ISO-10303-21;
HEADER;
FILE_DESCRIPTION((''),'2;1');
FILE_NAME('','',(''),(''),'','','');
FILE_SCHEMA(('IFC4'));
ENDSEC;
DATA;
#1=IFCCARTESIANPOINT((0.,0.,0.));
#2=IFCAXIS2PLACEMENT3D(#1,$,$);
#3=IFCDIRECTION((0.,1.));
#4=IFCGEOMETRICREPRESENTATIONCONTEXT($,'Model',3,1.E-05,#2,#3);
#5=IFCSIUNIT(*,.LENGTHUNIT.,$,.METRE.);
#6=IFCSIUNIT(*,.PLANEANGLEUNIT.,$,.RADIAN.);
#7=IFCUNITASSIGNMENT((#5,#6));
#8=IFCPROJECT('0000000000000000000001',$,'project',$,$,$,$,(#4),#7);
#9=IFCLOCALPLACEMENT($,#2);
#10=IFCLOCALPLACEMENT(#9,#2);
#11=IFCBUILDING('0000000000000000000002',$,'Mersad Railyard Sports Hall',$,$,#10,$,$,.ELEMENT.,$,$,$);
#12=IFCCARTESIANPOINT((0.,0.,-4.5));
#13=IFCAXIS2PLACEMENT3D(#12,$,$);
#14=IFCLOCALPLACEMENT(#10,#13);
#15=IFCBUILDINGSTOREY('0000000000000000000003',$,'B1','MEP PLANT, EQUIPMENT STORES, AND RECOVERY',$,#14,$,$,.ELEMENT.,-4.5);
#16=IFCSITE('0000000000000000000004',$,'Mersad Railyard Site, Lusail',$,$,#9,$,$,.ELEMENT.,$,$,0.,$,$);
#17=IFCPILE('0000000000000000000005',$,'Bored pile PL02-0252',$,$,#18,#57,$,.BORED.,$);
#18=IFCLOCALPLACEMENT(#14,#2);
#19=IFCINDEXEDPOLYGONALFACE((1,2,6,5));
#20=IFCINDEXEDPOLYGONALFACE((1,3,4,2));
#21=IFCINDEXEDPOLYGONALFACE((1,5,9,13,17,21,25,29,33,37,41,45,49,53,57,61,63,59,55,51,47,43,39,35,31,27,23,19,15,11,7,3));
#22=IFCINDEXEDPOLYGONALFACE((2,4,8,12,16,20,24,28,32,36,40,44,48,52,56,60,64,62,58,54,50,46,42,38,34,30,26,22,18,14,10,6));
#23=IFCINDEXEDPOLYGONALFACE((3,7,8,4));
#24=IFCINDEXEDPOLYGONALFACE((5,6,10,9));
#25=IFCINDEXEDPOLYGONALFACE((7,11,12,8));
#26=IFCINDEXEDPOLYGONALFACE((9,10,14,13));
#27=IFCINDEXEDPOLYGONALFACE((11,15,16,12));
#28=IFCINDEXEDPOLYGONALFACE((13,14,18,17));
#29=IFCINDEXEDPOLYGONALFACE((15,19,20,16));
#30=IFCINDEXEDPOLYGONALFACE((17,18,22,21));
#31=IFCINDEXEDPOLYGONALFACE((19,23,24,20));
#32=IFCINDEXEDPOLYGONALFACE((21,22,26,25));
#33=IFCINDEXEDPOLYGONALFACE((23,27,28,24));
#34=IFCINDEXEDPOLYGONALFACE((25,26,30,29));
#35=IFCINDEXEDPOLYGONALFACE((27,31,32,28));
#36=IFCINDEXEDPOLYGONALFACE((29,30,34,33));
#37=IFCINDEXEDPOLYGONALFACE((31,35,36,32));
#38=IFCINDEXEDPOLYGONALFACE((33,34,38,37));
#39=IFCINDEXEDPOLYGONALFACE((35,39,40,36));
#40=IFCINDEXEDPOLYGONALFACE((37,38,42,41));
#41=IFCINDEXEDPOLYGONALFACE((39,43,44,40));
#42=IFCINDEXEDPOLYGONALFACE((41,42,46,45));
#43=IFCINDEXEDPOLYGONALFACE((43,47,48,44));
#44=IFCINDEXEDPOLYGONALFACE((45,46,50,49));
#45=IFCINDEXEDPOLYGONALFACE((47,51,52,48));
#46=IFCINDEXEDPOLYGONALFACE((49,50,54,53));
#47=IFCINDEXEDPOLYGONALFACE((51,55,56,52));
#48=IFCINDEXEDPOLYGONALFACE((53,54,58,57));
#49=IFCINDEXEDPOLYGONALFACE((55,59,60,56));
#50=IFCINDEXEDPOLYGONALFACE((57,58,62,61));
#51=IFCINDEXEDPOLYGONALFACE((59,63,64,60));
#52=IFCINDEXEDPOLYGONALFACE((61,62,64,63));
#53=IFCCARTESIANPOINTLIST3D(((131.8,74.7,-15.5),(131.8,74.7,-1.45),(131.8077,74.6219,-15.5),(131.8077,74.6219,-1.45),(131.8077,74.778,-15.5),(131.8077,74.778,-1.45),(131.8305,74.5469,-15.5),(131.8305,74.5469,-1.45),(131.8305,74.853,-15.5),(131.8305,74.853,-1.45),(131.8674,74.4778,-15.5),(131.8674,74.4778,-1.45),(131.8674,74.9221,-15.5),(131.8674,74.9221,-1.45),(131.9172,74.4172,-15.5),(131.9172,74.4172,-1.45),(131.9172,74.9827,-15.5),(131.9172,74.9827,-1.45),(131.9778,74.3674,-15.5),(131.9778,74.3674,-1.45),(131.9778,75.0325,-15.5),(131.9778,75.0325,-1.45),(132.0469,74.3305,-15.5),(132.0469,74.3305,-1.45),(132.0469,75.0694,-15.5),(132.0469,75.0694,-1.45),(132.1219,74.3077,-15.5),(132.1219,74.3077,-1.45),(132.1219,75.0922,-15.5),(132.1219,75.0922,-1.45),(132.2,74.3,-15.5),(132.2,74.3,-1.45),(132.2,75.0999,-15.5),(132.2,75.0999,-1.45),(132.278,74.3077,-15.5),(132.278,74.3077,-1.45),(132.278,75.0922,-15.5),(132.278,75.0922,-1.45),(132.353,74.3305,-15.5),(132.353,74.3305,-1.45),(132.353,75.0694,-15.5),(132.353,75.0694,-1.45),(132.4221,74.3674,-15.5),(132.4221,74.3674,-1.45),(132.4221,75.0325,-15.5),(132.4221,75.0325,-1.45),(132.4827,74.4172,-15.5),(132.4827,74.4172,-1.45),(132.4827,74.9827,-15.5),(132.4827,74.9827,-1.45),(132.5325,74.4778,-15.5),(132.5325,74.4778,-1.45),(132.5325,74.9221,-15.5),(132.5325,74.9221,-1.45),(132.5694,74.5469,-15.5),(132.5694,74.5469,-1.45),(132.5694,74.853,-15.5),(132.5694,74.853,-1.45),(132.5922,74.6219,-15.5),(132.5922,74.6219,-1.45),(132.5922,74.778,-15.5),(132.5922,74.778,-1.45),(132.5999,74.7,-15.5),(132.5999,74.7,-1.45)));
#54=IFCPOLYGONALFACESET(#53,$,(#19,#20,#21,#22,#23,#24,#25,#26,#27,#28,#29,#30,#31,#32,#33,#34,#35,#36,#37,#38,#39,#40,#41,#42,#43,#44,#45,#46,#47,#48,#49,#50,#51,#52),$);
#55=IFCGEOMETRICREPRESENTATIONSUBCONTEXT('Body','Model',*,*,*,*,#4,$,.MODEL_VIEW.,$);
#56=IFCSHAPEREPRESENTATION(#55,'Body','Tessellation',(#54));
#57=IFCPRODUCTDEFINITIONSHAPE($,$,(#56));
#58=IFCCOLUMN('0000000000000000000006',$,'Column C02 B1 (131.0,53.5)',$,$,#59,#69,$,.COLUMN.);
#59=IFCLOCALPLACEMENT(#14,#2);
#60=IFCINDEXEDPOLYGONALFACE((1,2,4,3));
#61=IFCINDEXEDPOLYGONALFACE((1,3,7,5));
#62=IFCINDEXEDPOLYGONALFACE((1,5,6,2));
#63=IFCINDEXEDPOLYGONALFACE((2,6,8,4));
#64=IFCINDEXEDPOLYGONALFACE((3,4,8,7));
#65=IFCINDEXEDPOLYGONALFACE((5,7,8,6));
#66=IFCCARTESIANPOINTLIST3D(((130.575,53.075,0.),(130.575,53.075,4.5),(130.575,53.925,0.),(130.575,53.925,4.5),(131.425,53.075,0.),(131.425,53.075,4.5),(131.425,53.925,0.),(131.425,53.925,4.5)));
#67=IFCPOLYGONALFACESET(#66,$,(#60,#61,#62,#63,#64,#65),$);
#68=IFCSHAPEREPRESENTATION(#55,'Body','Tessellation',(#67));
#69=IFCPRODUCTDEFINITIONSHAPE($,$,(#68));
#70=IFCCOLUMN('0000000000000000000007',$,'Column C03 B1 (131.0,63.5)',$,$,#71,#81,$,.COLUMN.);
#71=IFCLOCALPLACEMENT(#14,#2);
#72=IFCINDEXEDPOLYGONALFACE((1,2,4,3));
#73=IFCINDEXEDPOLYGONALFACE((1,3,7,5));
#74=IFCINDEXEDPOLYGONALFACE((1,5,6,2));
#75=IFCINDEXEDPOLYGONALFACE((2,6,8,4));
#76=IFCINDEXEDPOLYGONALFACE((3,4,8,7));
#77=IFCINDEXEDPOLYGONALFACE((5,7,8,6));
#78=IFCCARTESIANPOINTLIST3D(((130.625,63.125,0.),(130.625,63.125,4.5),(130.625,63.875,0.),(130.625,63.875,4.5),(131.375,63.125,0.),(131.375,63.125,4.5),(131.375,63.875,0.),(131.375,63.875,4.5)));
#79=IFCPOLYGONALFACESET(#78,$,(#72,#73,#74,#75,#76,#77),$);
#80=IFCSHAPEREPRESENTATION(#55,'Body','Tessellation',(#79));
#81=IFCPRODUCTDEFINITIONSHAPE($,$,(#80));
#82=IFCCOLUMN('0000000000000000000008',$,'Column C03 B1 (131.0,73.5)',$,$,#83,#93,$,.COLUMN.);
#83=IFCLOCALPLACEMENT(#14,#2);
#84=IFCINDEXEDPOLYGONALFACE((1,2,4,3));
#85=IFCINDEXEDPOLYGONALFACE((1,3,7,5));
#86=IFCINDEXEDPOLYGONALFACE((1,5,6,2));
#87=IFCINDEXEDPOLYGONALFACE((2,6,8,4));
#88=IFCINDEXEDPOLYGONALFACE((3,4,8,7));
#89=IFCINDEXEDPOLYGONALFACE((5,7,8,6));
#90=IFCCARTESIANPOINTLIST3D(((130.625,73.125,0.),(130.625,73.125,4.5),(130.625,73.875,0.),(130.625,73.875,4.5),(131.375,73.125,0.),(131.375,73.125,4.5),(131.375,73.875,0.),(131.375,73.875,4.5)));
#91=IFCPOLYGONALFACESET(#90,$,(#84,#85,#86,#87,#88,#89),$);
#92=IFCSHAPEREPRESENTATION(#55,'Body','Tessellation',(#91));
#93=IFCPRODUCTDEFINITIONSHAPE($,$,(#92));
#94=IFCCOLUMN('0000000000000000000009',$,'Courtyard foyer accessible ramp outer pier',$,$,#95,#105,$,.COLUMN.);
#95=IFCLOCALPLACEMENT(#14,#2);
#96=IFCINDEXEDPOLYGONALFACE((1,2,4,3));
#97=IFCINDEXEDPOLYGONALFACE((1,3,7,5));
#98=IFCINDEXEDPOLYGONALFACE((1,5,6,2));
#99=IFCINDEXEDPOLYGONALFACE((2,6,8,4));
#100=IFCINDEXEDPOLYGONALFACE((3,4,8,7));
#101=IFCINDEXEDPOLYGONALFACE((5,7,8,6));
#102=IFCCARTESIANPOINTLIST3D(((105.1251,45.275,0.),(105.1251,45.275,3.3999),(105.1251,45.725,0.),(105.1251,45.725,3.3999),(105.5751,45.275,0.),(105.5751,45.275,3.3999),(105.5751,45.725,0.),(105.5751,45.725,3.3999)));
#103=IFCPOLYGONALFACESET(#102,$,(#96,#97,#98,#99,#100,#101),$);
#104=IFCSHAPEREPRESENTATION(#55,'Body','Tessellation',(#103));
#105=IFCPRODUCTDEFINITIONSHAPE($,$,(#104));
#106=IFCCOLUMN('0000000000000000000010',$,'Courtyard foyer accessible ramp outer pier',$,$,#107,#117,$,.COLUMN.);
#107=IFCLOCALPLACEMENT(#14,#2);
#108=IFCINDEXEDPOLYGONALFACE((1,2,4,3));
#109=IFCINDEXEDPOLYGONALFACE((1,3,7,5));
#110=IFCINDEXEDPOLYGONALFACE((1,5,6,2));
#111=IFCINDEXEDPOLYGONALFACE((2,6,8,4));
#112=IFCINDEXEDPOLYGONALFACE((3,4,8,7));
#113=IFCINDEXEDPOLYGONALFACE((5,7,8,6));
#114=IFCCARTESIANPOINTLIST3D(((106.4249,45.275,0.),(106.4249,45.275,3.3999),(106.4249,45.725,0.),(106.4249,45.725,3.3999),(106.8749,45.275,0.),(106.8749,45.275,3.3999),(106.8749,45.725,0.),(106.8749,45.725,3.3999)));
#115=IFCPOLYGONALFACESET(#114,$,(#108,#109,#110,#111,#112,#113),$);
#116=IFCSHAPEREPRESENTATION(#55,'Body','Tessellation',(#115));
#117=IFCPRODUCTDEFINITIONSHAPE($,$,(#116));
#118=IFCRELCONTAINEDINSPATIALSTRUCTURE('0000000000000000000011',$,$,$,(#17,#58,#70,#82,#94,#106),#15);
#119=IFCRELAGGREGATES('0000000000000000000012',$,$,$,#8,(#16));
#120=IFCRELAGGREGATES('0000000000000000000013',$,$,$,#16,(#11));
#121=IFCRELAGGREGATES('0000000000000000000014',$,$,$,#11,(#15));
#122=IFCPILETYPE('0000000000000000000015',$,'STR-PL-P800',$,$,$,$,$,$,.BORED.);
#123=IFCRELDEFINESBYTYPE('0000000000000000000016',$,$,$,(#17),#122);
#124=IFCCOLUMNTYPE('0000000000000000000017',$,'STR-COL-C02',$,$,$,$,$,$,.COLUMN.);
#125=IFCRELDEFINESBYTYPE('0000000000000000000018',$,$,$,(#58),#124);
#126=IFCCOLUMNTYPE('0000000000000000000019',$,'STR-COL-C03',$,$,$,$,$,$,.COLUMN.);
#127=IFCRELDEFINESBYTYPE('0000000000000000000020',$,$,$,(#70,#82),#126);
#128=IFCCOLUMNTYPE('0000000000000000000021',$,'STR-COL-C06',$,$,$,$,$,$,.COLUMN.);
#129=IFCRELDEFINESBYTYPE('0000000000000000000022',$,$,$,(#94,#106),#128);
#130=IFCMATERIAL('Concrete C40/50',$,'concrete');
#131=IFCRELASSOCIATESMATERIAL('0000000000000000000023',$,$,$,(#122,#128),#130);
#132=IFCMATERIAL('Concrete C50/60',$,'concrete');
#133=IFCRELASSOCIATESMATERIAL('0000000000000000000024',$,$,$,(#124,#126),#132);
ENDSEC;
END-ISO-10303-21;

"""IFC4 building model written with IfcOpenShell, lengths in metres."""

from ifc_helpers import new_model, si_unit, direction, frame, origin, origin_2d, place, context, subcontext, project, spatial, rectangle, circle, extrude, material, material_profile, profile_set, type_object, element, save


model = new_model("IFC4")

# Units and contexts
model_context = context("Model", 3, precision=1e-05, world=origin(), true_north=direction((0.0, 1.0)))
body_context = subcontext(model_context, "Body", "Model", "MODEL_VIEW")
ifc_project = project(units=[si_unit("LENGTHUNIT", "METRE"), si_unit("PLANEANGLEUNIT", "RADIAN")], contexts=[model_context])

# Site, building, storey
site_placement = place(None, origin())
site = spatial("IfcSite", under=ifc_project, at=site_placement, Name="Mersad Railyard Site, Lusail", CompositionType="ELEMENT", RefElevation=0.0)
building_placement = place(site_placement, origin())
building = spatial("IfcBuilding", under=site, at=building_placement, Name="Mersad Railyard Sports Hall", CompositionType="ELEMENT")
storey_placement = place(building_placement, frame((0.0, 0.0, -4.5)))
storey = spatial("IfcBuildingStorey", under=building, at=storey_placement, Name="B1", Description="MEP PLANT, EQUIPMENT STORES, AND RECOVERY", CompositionType="ELEMENT", Elevation=-4.5)

# Shared definitions
ifc_material_1 = material(Name="Concrete C40/50", Category="concrete")

# Pile
ifc_material_profile_1 = material_profile(ifc_material_1, circle(Radius=0.3999, at=origin_2d()), Name="BORED PILE D800")
ifc_profile_set_1 = profile_set([ifc_material_profile_1], Name="Concrete C40/50")
pile_type_1 = type_object("IfcPileType", Name="STR-PL-P800", PredefinedType="BORED", material=ifc_profile_set_1)
for number, where, z_axis, x_axis, name in (
    (1, (132.2, 74.7, -1.45), (0.0, 0.0, -1.0), (1.0, 0.0, 0.0), "Bored pile PL02-0252"),
):
    element("IfcPile", number, at=place(storey_placement, frame(where, z_axis=z_axis, x_axis=x_axis)), inside=storey, type_object=pile_type_1, Name=name, PredefinedType="BORED", context=body_context, shape_type="SweptSolid", body=[
        extrude(circle(Radius=0.3999, at=origin_2d()), origin(), (0.0, 0.0, 1.0), 14.05),
    ])

# Columns
ifc_material_2 = material(Name="Concrete C50/60", Category="concrete")
ifc_material_profile_2 = material_profile(ifc_material_2, rectangle(XDim=0.8501, YDim=0.8501, at=origin_2d()), Name="RC 850x850")
ifc_profile_set_2 = profile_set([ifc_material_profile_2], Name="Concrete C50/60")
column_type_1 = type_object("IfcColumnType", Name="STR-COL-C02", PredefinedType="COLUMN", material=ifc_profile_set_2)
column_placement = place(storey_placement, frame((131.0, 53.5, 0.0), z_axis=(0.0, 0.0, 1.0), x_axis=(1.0, 0.0, 0.0)))
element("IfcColumn", 2, at=column_placement, inside=storey, type_object=column_type_1, Name="Column C02 B1 (131.0,53.5)", PredefinedType="COLUMN", context=body_context, shape_type="SweptSolid", body=[
    extrude(rectangle(XDim=0.8501, YDim=0.8501, at=origin_2d()), origin(), (0.0, 0.0, 1.0), 4.5),
])
ifc_material_profile_3 = material_profile(ifc_material_2, rectangle(XDim=0.75, YDim=0.75, at=origin_2d()), Name="RC 750x750")
ifc_profile_set_3 = profile_set([ifc_material_profile_3], Name="Concrete C50/60")
column_type_2 = type_object("IfcColumnType", Name="STR-COL-C03", PredefinedType="COLUMN", material=ifc_profile_set_3)
for number, where, z_axis, x_axis, name in (
    (3, (131.0, 63.5, 0.0), (0.0, 0.0, 1.0), (1.0, 0.0, 0.0), "Column C03 B1 (131.0,63.5)"),
    (4, (131.0, 73.5, 0.0), (0.0, 0.0, 1.0), (1.0, 0.0, 0.0), "Column C03 B1 (131.0,73.5)"),
):
    element("IfcColumn", number, at=place(storey_placement, frame(where, z_axis=z_axis, x_axis=x_axis)), inside=storey, type_object=column_type_2, Name=name, PredefinedType="COLUMN", context=body_context, shape_type="SweptSolid", body=[
        extrude(rectangle(XDim=0.75, YDim=0.75, at=origin_2d()), origin(), (0.0, 0.0, 1.0), 4.5),
    ])
ifc_material_profile_4 = material_profile(ifc_material_1, rectangle(XDim=0.45, YDim=0.45, at=origin_2d()), Name="RC 450x450")
ifc_profile_set_4 = profile_set([ifc_material_profile_4], Name="Concrete C40/50")
column_type_3 = type_object("IfcColumnType", Name="STR-COL-C06", PredefinedType="COLUMN", material=ifc_profile_set_4)
for number, where, z_axis, x_axis, name in (
    (5, (105.3501, 45.5, 0.0), (0.0, 0.0, 1.0), (1.0, 0.0, 0.0), "Courtyard foyer accessible ramp outer pier"),
    (6, (106.6499, 45.5, 0.0), (0.0, 0.0, 1.0), (1.0, 0.0, 0.0), "Courtyard foyer accessible ramp outer pier"),
):
    element("IfcColumn", number, at=place(storey_placement, frame(where, z_axis=z_axis, x_axis=x_axis)), inside=storey, type_object=column_type_3, Name=name, PredefinedType="COLUMN", context=body_context, shape_type="SweptSolid", body=[
        extrude(rectangle(XDim=0.45, YDim=0.45, at=origin_2d()), origin(), (0.0, 0.0, 1.0), 3.3999),
    ])

save(model, "model.ifc")
